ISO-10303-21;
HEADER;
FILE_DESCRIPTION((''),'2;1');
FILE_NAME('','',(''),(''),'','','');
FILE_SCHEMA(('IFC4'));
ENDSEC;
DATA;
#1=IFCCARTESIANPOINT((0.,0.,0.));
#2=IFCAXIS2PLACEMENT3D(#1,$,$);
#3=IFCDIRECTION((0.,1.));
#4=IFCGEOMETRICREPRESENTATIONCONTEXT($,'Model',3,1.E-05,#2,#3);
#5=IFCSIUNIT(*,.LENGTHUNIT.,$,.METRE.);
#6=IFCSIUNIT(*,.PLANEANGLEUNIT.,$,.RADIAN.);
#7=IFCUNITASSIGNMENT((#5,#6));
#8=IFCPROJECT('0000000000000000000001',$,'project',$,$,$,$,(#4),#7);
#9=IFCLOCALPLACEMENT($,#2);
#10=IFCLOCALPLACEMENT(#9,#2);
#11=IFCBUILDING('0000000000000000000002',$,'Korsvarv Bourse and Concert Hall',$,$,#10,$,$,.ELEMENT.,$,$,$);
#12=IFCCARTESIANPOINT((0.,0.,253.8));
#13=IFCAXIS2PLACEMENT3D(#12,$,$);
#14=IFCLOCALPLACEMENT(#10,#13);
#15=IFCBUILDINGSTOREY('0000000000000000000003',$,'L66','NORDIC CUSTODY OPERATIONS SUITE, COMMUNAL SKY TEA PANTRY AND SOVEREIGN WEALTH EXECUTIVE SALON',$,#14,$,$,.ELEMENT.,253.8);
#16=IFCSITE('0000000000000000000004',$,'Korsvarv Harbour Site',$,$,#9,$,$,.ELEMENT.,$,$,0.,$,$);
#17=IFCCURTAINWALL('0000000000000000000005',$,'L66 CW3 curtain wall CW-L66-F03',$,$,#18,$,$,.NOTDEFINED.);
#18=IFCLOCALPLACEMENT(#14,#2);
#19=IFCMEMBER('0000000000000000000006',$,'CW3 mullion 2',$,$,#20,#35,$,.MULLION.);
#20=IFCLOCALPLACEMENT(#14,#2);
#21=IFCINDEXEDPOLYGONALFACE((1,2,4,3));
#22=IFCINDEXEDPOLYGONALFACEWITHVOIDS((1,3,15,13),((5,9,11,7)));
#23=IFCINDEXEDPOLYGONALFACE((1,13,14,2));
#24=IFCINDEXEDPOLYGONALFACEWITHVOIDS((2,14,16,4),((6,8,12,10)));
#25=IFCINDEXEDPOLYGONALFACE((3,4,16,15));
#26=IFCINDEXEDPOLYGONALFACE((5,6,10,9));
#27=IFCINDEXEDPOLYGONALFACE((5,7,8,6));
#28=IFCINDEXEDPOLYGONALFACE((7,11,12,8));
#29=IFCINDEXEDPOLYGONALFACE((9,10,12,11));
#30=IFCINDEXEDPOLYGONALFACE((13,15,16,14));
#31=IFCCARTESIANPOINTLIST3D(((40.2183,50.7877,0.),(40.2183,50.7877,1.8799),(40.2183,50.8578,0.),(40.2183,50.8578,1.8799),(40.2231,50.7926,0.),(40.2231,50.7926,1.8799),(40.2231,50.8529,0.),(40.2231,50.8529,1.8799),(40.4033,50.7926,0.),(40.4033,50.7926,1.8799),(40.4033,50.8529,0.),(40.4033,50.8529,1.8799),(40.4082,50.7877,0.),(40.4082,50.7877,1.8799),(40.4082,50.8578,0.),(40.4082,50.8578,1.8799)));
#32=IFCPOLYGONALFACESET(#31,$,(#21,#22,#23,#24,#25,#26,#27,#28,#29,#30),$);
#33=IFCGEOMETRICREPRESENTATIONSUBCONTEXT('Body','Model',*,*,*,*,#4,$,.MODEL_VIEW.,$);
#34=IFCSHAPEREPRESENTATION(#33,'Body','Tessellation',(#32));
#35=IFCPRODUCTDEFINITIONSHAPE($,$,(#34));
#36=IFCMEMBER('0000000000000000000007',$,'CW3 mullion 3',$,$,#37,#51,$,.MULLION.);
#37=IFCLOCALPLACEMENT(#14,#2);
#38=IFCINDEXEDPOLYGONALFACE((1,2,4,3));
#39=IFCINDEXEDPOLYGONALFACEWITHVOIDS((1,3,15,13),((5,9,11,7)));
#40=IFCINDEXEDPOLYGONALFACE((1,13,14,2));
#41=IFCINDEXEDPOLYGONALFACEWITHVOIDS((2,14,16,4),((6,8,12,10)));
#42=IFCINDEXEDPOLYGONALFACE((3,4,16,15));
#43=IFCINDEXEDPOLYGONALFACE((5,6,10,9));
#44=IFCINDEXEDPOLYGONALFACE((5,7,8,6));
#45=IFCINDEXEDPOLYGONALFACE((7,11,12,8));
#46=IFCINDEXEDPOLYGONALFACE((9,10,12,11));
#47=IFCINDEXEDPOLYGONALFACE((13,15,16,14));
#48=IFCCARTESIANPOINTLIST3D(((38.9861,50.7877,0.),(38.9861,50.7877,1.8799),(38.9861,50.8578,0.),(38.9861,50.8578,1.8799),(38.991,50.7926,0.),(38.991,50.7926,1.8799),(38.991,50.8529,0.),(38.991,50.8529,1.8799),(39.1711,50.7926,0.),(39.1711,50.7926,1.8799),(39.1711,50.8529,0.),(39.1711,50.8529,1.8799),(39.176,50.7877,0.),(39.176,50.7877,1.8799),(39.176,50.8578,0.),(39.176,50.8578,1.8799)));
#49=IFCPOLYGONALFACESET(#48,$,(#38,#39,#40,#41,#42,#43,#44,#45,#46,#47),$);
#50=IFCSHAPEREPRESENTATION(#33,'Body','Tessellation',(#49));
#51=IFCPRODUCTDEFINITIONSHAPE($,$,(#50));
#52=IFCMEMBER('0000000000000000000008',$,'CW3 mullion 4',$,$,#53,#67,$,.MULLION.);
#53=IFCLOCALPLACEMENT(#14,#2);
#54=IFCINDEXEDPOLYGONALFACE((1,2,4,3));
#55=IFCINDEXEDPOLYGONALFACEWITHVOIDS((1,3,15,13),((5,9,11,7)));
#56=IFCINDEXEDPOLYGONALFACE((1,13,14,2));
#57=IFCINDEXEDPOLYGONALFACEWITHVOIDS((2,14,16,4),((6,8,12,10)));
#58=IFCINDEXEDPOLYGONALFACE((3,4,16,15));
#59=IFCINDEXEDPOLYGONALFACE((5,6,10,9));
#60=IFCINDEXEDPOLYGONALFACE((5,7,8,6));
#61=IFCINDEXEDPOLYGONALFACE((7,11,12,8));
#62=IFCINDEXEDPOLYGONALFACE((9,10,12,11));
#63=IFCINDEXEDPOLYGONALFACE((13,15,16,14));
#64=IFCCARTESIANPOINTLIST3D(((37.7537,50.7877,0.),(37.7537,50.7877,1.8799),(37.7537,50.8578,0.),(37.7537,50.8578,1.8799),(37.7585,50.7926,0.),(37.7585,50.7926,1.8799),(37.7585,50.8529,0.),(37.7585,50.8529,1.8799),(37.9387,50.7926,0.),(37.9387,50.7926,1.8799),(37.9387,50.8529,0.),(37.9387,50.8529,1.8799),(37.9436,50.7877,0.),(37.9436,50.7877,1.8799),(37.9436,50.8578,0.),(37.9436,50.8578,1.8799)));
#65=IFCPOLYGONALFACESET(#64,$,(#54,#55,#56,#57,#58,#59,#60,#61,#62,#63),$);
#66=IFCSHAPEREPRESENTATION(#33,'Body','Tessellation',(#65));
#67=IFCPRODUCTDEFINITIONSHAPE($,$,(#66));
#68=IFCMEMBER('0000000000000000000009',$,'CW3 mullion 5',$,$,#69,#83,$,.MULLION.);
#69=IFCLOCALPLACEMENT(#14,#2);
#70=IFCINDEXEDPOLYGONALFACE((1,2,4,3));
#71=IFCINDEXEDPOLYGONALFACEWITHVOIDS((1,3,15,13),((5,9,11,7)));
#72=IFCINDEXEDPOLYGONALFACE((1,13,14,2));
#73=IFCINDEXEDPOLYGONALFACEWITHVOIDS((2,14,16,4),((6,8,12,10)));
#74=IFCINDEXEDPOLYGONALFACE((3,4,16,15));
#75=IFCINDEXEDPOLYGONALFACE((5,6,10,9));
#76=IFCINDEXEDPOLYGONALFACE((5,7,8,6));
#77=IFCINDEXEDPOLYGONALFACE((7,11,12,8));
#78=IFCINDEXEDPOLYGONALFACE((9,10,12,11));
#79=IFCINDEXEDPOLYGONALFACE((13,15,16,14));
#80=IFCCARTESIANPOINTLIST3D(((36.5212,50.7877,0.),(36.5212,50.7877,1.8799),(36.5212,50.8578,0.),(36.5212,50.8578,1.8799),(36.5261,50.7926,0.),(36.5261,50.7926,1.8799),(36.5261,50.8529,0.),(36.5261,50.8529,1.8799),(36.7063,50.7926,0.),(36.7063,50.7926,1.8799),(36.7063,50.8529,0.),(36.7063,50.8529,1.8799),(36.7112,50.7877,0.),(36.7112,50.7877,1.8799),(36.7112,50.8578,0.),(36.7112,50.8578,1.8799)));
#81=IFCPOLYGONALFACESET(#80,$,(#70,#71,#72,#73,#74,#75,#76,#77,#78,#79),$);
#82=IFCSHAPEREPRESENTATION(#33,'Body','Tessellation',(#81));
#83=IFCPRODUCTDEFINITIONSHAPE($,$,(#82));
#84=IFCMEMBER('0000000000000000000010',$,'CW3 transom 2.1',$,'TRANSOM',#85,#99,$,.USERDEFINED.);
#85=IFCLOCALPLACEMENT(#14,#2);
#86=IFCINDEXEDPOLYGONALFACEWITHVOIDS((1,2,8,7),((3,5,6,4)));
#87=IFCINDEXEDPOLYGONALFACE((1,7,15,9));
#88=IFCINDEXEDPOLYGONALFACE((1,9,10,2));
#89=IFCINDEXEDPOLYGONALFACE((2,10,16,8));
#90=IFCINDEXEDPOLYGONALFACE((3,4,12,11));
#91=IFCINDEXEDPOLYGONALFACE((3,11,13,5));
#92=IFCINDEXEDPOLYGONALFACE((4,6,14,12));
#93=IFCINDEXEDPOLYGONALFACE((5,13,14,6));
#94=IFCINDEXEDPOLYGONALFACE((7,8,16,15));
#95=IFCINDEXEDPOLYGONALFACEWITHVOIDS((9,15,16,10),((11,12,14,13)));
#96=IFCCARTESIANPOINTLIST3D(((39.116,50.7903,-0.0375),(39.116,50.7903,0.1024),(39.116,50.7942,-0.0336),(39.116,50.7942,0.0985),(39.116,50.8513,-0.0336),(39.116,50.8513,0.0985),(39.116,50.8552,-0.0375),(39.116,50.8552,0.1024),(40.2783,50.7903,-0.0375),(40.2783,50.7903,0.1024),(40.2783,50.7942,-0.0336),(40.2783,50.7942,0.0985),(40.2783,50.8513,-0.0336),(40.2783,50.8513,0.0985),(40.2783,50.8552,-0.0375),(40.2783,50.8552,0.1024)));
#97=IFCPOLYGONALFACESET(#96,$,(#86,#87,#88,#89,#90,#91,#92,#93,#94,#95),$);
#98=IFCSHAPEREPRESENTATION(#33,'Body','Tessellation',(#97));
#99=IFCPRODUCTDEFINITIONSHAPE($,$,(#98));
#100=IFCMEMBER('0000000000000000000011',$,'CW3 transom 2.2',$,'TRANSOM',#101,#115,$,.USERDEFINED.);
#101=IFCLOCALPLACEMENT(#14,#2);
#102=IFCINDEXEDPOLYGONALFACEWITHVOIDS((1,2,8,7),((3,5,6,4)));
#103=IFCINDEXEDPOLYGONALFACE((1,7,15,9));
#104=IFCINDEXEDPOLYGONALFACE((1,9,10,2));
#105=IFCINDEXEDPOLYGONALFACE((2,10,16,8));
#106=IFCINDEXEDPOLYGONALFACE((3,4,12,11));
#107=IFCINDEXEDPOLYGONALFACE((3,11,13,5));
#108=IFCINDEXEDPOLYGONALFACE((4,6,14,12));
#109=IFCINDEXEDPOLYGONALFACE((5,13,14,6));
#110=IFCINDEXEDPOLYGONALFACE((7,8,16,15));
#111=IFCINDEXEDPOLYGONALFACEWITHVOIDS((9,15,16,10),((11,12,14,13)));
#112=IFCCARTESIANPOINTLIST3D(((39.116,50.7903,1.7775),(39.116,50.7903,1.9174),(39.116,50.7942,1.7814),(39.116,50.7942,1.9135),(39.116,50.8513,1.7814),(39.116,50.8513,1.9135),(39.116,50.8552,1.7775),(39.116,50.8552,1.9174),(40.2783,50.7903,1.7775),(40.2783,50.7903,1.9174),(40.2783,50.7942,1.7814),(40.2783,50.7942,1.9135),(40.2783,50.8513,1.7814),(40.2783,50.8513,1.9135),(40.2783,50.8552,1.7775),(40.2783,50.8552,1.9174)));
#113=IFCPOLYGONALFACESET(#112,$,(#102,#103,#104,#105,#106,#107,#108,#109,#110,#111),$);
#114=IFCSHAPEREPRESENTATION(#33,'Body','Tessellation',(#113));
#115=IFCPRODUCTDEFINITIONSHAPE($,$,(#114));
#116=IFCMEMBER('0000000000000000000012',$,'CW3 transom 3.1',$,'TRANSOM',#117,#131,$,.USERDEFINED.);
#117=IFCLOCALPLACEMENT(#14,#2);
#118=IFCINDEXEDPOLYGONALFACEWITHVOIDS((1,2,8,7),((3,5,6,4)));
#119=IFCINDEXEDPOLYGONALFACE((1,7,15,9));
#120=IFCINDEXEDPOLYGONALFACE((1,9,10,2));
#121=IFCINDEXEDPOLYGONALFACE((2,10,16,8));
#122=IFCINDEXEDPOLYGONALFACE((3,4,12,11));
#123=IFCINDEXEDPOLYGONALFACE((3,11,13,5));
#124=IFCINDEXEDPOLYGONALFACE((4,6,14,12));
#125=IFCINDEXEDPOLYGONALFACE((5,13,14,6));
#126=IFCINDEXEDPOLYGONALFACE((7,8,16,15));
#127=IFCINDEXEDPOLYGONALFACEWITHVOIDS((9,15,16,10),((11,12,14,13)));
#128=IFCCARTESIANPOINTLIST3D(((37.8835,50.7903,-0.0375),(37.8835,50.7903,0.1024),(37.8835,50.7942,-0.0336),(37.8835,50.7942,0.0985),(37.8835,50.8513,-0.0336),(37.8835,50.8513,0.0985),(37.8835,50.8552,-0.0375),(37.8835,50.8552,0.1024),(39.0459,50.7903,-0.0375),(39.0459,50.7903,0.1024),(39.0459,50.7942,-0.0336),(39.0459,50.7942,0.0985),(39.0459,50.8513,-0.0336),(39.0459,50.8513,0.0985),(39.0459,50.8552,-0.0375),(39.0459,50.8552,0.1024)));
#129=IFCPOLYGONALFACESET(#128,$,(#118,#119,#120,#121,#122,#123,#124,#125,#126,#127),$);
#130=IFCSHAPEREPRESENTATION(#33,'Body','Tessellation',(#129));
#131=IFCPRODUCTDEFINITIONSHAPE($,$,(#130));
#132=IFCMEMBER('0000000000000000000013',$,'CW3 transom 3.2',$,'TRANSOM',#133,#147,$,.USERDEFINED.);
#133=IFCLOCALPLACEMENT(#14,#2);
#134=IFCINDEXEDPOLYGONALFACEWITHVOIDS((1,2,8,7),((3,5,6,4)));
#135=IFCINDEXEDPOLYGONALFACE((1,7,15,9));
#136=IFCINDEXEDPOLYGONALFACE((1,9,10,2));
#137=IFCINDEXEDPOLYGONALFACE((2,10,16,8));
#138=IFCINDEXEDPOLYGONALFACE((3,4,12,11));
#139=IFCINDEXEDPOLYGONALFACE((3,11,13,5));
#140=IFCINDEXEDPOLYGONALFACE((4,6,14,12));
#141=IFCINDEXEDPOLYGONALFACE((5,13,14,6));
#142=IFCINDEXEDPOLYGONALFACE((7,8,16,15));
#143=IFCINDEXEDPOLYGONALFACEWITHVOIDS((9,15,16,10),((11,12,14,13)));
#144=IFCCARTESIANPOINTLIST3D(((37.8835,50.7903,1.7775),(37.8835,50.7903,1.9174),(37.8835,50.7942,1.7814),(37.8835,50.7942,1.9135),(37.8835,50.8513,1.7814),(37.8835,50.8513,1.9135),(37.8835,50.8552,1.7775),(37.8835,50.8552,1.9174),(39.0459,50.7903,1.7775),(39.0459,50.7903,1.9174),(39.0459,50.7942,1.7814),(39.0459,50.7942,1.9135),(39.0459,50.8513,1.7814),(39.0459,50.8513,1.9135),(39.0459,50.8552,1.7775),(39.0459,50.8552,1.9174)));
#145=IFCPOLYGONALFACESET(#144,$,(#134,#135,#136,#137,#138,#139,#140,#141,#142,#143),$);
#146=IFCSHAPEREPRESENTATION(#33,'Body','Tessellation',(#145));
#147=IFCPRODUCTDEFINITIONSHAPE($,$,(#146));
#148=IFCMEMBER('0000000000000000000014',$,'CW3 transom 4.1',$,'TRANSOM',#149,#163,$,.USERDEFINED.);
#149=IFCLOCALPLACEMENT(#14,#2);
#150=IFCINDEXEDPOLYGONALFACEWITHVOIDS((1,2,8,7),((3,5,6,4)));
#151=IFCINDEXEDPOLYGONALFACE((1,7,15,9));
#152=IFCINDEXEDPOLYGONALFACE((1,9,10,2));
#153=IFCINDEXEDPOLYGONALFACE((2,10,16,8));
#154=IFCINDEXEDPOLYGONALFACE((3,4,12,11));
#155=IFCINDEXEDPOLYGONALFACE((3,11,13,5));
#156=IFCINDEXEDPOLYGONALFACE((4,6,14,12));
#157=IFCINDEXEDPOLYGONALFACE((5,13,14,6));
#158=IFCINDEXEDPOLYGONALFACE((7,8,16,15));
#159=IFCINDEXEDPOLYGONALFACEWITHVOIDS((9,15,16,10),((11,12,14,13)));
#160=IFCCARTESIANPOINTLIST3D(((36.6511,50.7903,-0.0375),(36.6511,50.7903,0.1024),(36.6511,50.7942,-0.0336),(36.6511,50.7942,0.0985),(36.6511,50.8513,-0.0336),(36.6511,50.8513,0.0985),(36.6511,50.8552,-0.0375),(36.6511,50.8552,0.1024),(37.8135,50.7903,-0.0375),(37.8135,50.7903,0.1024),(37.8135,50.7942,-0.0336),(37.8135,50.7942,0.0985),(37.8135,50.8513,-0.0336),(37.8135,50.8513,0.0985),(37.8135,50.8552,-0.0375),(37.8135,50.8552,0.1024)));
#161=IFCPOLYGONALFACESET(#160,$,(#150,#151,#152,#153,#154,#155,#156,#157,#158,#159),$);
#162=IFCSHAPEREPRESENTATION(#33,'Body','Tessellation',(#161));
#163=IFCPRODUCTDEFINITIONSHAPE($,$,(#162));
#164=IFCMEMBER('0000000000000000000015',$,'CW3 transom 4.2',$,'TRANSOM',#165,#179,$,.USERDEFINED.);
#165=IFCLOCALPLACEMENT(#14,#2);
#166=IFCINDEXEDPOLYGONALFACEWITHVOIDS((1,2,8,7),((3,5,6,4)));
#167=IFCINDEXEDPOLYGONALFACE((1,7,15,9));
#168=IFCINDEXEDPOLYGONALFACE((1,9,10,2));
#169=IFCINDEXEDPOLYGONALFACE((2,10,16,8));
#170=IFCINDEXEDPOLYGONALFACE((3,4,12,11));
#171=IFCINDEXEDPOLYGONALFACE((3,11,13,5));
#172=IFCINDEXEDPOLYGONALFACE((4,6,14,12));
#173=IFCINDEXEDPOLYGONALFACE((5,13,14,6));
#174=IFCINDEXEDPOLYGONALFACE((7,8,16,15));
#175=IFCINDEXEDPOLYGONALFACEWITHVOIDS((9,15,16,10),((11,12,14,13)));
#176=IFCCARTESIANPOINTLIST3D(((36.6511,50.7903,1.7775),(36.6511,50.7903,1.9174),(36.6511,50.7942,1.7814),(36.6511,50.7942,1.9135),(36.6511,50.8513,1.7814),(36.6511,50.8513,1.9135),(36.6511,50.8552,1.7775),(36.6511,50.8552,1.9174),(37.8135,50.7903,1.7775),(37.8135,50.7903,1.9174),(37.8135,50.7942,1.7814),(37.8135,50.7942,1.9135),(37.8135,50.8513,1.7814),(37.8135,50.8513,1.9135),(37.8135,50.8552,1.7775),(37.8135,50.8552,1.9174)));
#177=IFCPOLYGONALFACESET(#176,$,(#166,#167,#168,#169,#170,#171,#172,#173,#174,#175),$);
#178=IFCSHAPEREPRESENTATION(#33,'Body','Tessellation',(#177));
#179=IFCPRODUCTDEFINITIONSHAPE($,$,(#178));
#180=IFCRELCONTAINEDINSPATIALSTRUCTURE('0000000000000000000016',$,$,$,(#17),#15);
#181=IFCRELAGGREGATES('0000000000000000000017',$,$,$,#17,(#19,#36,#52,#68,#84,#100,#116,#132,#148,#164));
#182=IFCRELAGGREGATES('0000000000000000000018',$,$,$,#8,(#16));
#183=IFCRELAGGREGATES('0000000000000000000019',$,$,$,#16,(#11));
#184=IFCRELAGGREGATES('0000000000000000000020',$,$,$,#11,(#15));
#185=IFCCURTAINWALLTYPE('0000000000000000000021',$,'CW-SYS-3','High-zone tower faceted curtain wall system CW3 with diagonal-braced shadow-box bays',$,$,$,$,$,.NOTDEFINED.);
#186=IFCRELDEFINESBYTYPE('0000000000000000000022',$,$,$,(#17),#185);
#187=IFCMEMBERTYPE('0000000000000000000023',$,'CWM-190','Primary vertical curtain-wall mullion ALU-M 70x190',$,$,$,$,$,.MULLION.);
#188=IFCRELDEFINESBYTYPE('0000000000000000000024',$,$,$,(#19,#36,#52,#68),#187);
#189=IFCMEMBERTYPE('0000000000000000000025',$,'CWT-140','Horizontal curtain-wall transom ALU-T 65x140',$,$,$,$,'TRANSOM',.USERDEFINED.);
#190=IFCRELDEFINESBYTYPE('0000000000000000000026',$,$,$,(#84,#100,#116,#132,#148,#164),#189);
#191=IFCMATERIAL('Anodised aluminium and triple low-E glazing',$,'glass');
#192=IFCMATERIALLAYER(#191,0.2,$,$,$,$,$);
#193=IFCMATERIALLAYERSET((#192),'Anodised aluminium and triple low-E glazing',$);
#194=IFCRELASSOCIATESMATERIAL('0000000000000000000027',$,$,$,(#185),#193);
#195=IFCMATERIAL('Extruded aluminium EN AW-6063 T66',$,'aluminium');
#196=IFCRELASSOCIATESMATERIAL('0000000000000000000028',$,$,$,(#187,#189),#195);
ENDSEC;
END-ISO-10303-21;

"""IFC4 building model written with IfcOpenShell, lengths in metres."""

from ifc_helpers import new_model, si_unit, direction, frame, origin, origin_2d, place, context, subcontext, project, spatial, hollow_rectangle, extrude, source, transform, mapped, material, layer, layer_set, material_profile, profile_set, type_object, element, aggregate, save


model = new_model("IFC4")

# Units and contexts
model_context = context("Model", 3, precision=1e-05, world=origin(), true_north=direction((0.0, 1.0)))
body_context = subcontext(model_context, "Body", "Model", "MODEL_VIEW")
ifc_project = project(units=[si_unit("LENGTHUNIT", "METRE"), si_unit("PLANEANGLEUNIT", "RADIAN")], contexts=[model_context])

# Site, building, storey
site_placement = place(None, origin())
site = spatial("IfcSite", under=ifc_project, at=site_placement, Name="Korsvarv Harbour Site", CompositionType="ELEMENT", RefElevation=0.0)
building_placement = place(site_placement, origin())
building = spatial("IfcBuilding", under=site, at=building_placement, Name="Korsvarv Bourse and Concert Hall", CompositionType="ELEMENT")
storey_placement = place(building_placement, frame((0.0, 0.0, 253.8)))
storey = spatial("IfcBuildingStorey", under=building, at=storey_placement, Name="L66", Description="NORDIC CUSTODY OPERATIONS SUITE, COMMUNAL SKY TEA PANTRY AND SOVEREIGN WEALTH EXECUTIVE SALON", CompositionType="ELEMENT", Elevation=253.8)

# Curtain wall, members
ifc_material_1 = material(Name="Anodised aluminium and triple low-E glazing", Category="glass")
ifc_layer_1 = layer(ifc_material_1, 0.2)
ifc_layer_set_1 = layer_set([ifc_layer_1], Name="Anodised aluminium and triple low-E glazing")
curtain_wall_type = type_object("IfcCurtainWallType", Name="CW-SYS-3", Description="High-zone tower faceted curtain wall system CW3 with diagonal-braced shadow-box bays", PredefinedType="NOTDEFINED", material=ifc_layer_set_1)
curtain_wall_placement = place(storey_placement, origin())
curtain_wall = element("IfcCurtainWall", 1, at=curtain_wall_placement, inside=storey, type_object=curtain_wall_type, Name="L66 CW3 curtain wall CW-L66-F03", PredefinedType="NOTDEFINED")
ifc_material_2 = material(Name="Extruded aluminium EN AW-6063 T66", Category="aluminium")
ifc_material_profile_1 = material_profile(ifc_material_2, hollow_rectangle(XDim=0.0701, YDim=0.1899, WallThickness=0.0049, at=origin_2d()), Name="ALU-M 70x190")
ifc_profile_set_1 = profile_set([ifc_material_profile_1], Name="Extruded aluminium EN AW-6063 T66")
member_type_1 = type_object("IfcMemberType", Name="CWM-190", Description="Primary vertical curtain-wall mullion ALU-M 70x190", PredefinedType="MULLION", material=ifc_profile_set_1)
shared_shape_1 = source(origin(), body_context, "Body", "SweptSolid", [
    extrude(hollow_rectangle(XDim=0.0701, YDim=0.1899, WallThickness=0.0049, at=origin_2d()), origin(), (0.0, 0.0, 1.0), 1.8799),
])
member_1_placement = place(storey_placement, frame((40.3132, 50.8228, 0.0), z_axis=(0.0, 0.0, 1.0), x_axis=(0.0, -1.0, 0.0)))
member_1 = element("IfcMember", 2, at=member_1_placement, type_object=member_type_1, Name="CW3 mullion 2", PredefinedType="MULLION", context=body_context, shape_type="MappedRepresentation", body=[
    mapped(shared_shape_1, transform((0.0, 0.0, 0.0), scale=1.0)),
])
member_2_placement = place(storey_placement, frame((39.0811, 50.8228, 0.0), z_axis=(0.0, 0.0, 1.0), x_axis=(0.0, -1.0, 0.0)))
member_2 = element("IfcMember", 3, at=member_2_placement, type_object=member_type_1, Name="CW3 mullion 3", PredefinedType="MULLION", context=body_context, shape_type="MappedRepresentation", body=[
    mapped(shared_shape_1, transform((0.0, 0.0, 0.0), scale=1.0)),
])
member_3_placement = place(storey_placement, frame((37.8486, 50.8228, 0.0), z_axis=(0.0, 0.0, 1.0), x_axis=(0.0, -1.0, 0.0)))
member_3 = element("IfcMember", 4, at=member_3_placement, type_object=member_type_1, Name="CW3 mullion 4", PredefinedType="MULLION", context=body_context, shape_type="MappedRepresentation", body=[
    mapped(shared_shape_1, transform((0.0, 0.0, 0.0), scale=1.0)),
])
member_4_placement = place(storey_placement, frame((36.6162, 50.8228, 0.0), z_axis=(0.0, 0.0, 1.0), x_axis=(0.0, -1.0, 0.0)))
member_4 = element("IfcMember", 5, at=member_4_placement, type_object=member_type_1, Name="CW3 mullion 5", PredefinedType="MULLION", context=body_context, shape_type="MappedRepresentation", body=[
    mapped(shared_shape_1, transform((0.0, 0.0, 0.0), scale=1.0)),
])
ifc_material_profile_2 = material_profile(ifc_material_2, hollow_rectangle(XDim=0.0649, YDim=0.1399, WallThickness=0.0039, at=origin_2d()), Name="ALU-T 65x140")
ifc_profile_set_2 = profile_set([ifc_material_profile_2], Name="Extruded aluminium EN AW-6063 T66")
member_type_2 = type_object("IfcMemberType", Name="CWT-140", Description="Horizontal curtain-wall transom ALU-T 65x140", ElementType="TRANSOM", PredefinedType="USERDEFINED", material=ifc_profile_set_2)
shared_shape_2 = source(origin(), body_context, "Body", "SweptSolid", [
    extrude(hollow_rectangle(XDim=0.0649, YDim=0.1399, WallThickness=0.0039, at=origin_2d()), origin(), (0.0, 0.0, 1.0), 1.1624),
])
member_5_placement = place(storey_placement, frame((40.2783, 50.8228, 0.0325), z_axis=(-1.0, 0.0, 0.0), x_axis=(0.0, -1.0, 0.0)))
member_5 = element("IfcMember", 6, at=member_5_placement, type_object=member_type_2, Name="CW3 transom 2.1", ObjectType="TRANSOM", PredefinedType="USERDEFINED", context=body_context, shape_type="MappedRepresentation", body=[
    mapped(shared_shape_2, transform((0.0, 0.0, 0.0), scale=1.0)),
])
member_6_placement = place(storey_placement, frame((40.2783, 50.8228, 1.8474), z_axis=(-1.0, 0.0, 0.0), x_axis=(0.0, -1.0, 0.0)))
member_6 = element("IfcMember", 7, at=member_6_placement, type_object=member_type_2, Name="CW3 transom 2.2", ObjectType="TRANSOM", PredefinedType="USERDEFINED", context=body_context, shape_type="MappedRepresentation", body=[
    mapped(shared_shape_2, transform((0.0, 0.0, 0.0), scale=1.0)),
])
member_7_placement = place(storey_placement, frame((39.0459, 50.8228, 0.0325), z_axis=(-1.0, 0.0, 0.0), x_axis=(0.0, -1.0, 0.0)))
member_7 = element("IfcMember", 8, at=member_7_placement, type_object=member_type_2, Name="CW3 transom 3.1", ObjectType="TRANSOM", PredefinedType="USERDEFINED", context=body_context, shape_type="MappedRepresentation", body=[
    mapped(shared_shape_2, transform((0.0, 0.0, 0.0), scale=1.0)),
])
member_8_placement = place(storey_placement, frame((39.0459, 50.8228, 1.8474), z_axis=(-1.0, 0.0, 0.0), x_axis=(0.0, -1.0, 0.0)))
member_8 = element("IfcMember", 9, at=member_8_placement, type_object=member_type_2, Name="CW3 transom 3.2", ObjectType="TRANSOM", PredefinedType="USERDEFINED", context=body_context, shape_type="MappedRepresentation", body=[
    mapped(shared_shape_2, transform((0.0, 0.0, 0.0), scale=1.0)),
])
member_9_placement = place(storey_placement, frame((37.8135, 50.8228, 0.0325), z_axis=(-1.0, 0.0, 0.0), x_axis=(0.0, -1.0, 0.0)))
member_9 = element("IfcMember", 10, at=member_9_placement, type_object=member_type_2, Name="CW3 transom 4.1", ObjectType="TRANSOM", PredefinedType="USERDEFINED", context=body_context, shape_type="MappedRepresentation", body=[
    mapped(shared_shape_2, transform((0.0, 0.0, 0.0), scale=1.0)),
])
member_10_placement = place(storey_placement, frame((37.8135, 50.8228, 1.8474), z_axis=(-1.0, 0.0, 0.0), x_axis=(0.0, -1.0, 0.0)))
member_10 = element("IfcMember", 11, at=member_10_placement, type_object=member_type_2, Name="CW3 transom 4.2", ObjectType="TRANSOM", PredefinedType="USERDEFINED", context=body_context, shape_type="MappedRepresentation", body=[
    mapped(shared_shape_2, transform((0.0, 0.0, 0.0), scale=1.0)),
])
aggregate(curtain_wall, [member_1, member_2, member_3, member_4, member_5, member_6, member_7, member_8, member_9, member_10])

save(model, "model.ifc")
